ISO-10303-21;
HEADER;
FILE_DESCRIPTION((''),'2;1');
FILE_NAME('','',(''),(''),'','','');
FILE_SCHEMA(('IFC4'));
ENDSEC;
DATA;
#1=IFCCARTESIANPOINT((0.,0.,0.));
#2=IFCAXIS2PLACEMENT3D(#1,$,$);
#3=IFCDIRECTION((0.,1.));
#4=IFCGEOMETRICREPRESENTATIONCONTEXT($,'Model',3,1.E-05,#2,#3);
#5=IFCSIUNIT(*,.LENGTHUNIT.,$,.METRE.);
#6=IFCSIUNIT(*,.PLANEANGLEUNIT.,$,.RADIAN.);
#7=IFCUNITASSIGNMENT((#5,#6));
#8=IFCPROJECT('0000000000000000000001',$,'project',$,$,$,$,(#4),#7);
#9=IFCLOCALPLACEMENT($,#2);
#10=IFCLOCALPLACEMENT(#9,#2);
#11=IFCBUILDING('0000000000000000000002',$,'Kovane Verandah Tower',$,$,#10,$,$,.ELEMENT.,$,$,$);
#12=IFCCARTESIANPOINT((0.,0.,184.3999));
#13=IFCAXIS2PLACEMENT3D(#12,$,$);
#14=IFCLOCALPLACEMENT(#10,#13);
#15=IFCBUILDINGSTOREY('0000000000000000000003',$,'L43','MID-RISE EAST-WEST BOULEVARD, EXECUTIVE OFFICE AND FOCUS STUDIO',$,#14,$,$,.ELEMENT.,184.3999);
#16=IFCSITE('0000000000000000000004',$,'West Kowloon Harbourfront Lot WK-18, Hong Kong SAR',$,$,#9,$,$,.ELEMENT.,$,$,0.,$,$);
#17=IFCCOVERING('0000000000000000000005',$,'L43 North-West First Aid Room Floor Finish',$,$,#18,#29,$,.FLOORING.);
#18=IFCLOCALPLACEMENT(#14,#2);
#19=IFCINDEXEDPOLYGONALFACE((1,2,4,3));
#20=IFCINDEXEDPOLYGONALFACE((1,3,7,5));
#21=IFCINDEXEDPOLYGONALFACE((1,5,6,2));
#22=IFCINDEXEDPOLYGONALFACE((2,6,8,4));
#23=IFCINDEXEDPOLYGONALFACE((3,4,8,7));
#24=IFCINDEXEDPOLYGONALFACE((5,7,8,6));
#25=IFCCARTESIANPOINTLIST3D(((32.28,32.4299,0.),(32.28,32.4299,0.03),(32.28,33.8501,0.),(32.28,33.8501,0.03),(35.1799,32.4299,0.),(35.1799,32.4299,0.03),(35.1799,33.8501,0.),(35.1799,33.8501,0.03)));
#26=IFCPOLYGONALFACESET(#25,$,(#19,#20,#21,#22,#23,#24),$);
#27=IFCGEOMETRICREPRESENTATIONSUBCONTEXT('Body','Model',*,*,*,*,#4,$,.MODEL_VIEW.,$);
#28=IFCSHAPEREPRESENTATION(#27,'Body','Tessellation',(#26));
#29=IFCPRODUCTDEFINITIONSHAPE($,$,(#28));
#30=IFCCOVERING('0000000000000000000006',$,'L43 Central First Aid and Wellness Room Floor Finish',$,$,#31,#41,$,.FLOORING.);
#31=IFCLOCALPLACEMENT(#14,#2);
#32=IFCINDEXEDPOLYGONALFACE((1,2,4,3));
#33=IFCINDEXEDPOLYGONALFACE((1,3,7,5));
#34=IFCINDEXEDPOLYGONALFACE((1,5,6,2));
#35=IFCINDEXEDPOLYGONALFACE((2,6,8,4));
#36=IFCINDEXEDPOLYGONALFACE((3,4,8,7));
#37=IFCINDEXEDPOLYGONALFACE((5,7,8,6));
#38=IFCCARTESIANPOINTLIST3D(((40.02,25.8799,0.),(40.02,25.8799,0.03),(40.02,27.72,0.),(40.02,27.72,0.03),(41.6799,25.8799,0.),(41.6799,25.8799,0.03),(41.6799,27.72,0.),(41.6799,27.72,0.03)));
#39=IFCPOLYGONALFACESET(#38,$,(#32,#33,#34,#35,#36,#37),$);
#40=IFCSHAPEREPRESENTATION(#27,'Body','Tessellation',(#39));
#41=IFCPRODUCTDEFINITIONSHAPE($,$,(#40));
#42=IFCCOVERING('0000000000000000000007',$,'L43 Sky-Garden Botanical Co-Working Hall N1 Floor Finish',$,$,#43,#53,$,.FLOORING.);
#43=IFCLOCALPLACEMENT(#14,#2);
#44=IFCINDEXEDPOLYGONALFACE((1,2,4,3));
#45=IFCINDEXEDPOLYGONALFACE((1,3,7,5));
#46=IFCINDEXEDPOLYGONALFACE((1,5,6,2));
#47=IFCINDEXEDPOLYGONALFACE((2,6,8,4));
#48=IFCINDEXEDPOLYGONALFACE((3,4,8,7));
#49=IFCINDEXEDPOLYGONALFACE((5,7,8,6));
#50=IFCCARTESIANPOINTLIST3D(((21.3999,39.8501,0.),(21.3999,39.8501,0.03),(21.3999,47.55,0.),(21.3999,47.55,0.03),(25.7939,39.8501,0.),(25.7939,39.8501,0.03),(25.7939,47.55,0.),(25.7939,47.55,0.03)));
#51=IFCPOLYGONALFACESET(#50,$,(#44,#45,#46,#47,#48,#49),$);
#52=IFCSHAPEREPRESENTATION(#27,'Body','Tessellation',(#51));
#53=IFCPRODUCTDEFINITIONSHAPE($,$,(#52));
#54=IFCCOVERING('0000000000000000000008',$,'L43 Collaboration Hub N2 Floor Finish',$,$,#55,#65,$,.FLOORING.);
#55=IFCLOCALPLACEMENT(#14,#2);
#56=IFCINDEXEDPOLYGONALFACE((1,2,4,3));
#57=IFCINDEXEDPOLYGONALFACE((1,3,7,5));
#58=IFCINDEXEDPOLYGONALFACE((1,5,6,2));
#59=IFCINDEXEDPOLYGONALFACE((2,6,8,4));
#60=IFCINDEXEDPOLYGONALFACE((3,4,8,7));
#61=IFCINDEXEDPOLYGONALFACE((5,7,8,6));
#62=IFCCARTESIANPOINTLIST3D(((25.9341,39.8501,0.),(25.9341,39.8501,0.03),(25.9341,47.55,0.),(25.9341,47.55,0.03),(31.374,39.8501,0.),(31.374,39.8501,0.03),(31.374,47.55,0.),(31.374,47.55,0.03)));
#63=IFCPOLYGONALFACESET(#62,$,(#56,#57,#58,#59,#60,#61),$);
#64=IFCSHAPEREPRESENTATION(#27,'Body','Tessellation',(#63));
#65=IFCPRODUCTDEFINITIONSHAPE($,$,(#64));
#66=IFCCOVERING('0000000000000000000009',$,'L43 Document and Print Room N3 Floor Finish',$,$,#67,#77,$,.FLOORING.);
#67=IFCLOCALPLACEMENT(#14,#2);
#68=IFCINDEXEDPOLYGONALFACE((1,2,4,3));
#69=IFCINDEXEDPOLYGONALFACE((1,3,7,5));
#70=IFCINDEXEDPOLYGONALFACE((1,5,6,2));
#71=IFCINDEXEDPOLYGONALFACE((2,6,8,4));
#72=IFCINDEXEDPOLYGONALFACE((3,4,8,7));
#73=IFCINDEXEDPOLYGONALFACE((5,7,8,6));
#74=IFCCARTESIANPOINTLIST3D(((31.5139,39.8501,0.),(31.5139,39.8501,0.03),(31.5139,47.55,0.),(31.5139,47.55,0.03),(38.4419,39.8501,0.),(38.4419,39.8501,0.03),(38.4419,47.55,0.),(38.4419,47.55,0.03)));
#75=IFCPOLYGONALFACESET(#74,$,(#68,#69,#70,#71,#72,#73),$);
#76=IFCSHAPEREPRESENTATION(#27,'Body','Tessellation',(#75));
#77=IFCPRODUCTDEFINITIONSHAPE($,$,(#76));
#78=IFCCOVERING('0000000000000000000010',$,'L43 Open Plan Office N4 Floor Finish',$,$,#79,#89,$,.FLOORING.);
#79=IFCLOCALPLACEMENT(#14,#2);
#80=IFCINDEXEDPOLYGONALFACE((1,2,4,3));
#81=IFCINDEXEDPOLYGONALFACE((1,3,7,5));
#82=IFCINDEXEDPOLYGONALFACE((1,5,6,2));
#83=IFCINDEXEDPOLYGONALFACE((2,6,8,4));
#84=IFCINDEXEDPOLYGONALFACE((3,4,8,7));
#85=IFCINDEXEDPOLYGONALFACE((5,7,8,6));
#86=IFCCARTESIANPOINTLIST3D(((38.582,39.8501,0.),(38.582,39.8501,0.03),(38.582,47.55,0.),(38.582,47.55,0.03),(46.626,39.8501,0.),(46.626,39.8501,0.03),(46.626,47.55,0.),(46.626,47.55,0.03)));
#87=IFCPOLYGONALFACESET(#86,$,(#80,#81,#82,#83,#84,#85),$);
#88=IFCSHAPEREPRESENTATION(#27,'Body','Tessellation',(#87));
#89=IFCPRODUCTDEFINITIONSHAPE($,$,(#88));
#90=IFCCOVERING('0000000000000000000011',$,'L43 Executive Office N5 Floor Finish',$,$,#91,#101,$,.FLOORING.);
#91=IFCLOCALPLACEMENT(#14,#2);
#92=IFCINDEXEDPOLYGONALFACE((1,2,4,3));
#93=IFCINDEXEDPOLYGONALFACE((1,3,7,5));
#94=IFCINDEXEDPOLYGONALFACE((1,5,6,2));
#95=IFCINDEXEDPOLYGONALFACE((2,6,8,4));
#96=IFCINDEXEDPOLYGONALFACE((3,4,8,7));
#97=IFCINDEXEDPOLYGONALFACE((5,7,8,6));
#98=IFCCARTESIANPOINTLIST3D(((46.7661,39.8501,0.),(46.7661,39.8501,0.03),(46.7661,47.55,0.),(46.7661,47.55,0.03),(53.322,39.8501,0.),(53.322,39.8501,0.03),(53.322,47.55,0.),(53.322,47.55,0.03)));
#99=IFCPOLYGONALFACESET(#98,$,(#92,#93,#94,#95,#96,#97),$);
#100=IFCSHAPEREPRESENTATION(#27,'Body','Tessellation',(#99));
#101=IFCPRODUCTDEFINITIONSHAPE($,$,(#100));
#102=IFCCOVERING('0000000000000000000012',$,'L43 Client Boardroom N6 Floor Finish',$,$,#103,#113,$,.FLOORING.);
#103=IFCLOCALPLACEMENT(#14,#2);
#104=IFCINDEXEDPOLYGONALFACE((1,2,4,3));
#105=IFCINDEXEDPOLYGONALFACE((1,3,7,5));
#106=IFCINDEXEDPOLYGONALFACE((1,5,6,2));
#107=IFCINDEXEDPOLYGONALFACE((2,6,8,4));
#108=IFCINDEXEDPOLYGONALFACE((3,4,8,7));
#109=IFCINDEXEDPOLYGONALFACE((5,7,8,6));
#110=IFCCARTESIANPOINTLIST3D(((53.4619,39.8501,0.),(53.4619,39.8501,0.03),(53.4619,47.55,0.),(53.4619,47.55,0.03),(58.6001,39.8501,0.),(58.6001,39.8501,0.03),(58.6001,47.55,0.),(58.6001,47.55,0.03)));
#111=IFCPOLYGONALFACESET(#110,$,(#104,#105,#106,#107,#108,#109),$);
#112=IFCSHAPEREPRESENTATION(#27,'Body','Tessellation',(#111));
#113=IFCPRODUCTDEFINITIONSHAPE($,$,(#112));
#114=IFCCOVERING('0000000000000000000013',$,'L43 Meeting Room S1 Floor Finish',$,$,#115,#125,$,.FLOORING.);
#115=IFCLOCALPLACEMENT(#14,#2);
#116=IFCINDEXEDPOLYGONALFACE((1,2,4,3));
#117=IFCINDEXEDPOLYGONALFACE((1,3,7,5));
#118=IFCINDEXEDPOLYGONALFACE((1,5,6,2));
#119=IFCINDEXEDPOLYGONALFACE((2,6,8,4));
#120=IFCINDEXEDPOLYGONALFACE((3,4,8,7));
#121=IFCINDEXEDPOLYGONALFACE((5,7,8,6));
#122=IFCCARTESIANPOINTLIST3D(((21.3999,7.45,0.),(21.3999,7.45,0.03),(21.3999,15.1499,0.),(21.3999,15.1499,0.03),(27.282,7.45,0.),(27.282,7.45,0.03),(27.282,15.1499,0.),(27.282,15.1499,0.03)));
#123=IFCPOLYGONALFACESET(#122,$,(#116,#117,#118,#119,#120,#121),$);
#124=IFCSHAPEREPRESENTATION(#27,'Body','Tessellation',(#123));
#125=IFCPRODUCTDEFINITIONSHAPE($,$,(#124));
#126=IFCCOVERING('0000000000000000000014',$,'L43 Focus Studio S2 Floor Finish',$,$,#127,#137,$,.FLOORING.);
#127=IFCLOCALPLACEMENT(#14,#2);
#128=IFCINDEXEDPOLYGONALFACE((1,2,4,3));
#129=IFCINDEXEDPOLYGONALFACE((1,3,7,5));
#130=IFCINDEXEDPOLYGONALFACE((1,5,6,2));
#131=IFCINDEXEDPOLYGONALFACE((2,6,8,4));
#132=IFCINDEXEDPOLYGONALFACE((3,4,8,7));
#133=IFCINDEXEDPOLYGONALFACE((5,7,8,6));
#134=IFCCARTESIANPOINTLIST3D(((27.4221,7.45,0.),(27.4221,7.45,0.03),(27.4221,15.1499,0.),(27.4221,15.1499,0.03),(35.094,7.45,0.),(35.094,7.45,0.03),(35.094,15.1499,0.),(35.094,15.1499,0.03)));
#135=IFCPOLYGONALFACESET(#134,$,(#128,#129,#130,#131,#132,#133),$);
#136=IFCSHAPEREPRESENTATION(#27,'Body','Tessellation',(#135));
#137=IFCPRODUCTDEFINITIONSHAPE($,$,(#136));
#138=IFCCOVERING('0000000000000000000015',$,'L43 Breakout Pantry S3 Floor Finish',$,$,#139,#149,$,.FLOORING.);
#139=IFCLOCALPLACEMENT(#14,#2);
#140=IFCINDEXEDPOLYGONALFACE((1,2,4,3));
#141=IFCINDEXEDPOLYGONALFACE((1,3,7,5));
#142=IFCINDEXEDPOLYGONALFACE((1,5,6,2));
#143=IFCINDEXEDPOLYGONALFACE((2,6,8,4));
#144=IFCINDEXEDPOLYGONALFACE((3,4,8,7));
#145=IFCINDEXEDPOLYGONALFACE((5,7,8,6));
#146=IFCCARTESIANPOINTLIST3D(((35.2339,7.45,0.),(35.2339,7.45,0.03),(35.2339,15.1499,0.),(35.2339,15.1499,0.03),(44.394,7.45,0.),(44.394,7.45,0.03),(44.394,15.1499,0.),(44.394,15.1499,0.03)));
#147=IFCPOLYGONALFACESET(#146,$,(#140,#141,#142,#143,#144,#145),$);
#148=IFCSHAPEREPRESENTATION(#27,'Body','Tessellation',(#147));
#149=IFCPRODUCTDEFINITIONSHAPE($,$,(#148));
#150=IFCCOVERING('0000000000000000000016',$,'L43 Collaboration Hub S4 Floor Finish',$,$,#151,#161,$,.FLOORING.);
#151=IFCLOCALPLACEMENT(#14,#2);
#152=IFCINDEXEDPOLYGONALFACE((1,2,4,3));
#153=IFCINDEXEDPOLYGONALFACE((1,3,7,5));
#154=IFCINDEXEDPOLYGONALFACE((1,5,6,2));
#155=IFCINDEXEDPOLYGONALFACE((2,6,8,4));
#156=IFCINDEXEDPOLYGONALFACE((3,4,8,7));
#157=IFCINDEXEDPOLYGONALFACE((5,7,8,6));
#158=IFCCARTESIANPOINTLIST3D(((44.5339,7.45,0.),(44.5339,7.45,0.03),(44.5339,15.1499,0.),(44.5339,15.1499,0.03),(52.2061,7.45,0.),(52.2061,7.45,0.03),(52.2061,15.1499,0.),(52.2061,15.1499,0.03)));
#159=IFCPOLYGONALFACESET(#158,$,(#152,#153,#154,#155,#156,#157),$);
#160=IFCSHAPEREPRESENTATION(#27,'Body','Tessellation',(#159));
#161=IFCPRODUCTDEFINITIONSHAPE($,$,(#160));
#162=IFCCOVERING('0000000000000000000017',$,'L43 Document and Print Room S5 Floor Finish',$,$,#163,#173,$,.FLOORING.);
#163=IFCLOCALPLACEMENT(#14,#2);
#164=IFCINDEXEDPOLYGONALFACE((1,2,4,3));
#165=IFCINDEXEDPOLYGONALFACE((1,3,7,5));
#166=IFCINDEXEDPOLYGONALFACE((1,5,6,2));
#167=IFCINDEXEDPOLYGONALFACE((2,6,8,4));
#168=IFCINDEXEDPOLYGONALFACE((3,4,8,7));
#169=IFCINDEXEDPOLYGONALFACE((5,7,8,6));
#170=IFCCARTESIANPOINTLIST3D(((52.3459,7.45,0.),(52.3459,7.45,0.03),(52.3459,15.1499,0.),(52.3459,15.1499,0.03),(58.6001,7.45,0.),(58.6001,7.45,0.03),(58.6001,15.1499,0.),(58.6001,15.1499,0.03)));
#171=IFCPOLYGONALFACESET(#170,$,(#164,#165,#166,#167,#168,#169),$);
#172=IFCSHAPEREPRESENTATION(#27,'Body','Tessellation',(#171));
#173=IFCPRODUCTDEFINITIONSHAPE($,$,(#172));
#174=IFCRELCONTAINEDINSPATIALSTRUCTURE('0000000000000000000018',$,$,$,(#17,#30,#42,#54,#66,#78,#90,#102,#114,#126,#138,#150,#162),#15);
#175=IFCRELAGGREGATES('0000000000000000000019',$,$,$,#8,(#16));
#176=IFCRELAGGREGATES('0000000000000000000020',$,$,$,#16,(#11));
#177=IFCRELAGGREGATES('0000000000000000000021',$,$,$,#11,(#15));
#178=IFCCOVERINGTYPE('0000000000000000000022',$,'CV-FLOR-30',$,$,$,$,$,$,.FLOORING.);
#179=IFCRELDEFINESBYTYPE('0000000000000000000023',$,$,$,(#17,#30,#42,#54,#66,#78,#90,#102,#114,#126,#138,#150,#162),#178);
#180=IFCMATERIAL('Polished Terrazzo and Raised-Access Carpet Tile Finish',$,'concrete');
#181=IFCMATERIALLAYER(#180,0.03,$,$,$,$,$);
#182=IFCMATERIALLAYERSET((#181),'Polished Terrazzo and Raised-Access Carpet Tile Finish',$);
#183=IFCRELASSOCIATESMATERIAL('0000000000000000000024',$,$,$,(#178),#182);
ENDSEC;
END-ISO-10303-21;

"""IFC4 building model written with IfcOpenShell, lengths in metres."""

from ifc_helpers import new_model, si_unit, direction, frame, origin, place, context, subcontext, project, spatial, polyline, outline, extrude, material, layer, layer_set, type_object, element, save


model = new_model("IFC4")

# Units and contexts
model_context = context("Model", 3, precision=1e-05, world=origin(), true_north=direction((0.0, 1.0)))
body_context = subcontext(model_context, "Body", "Model", "MODEL_VIEW")
ifc_project = project(units=[si_unit("LENGTHUNIT", "METRE"), si_unit("PLANEANGLEUNIT", "RADIAN")], contexts=[model_context])

# Site, building, storey
site_placement = place(None, origin())
site = spatial("IfcSite", under=ifc_project, at=site_placement, Name="West Kowloon Harbourfront Lot WK-18, Hong Kong SAR", CompositionType="ELEMENT", RefElevation=0.0)
building_placement = place(site_placement, origin())
building = spatial("IfcBuilding", under=site, at=building_placement, Name="Kovane Verandah Tower", CompositionType="ELEMENT")
storey_placement = place(building_placement, frame((0.0, 0.0, 184.3999)))
storey = spatial("IfcBuildingStorey", under=building, at=storey_placement, Name="L43", Description="MID-RISE EAST-WEST BOULEVARD, EXECUTIVE OFFICE AND FOCUS STUDIO", CompositionType="ELEMENT", Elevation=184.3999)

# Coverings
ifc_material_1 = material(Name="Polished Terrazzo and Raised-Access Carpet Tile Finish", Category="concrete")
ifc_layer_1 = layer(ifc_material_1, 0.03)
ifc_layer_set_1 = layer_set([ifc_layer_1], Name="Polished Terrazzo and Raised-Access Carpet Tile Finish")
covering_type = type_object("IfcCoveringType", Name="CV-FLOR-30", PredefinedType="FLOORING", material=ifc_layer_set_1)
covering_1_placement = place(storey_placement, origin())
element("IfcCovering", 1, at=covering_1_placement, inside=storey, type_object=covering_type, Name="L43 North-West First Aid Room Floor Finish", PredefinedType="FLOORING", context=body_context, shape_type="SweptSolid", body=[
    extrude(outline(polyline([(32.28, 32.4299), (35.1799, 32.4299), (35.1799, 33.8501), (32.28, 33.8501), (32.28, 32.4299)])), origin(), (0.0, 0.0, 1.0), 0.03),
])
covering_2_placement = place(storey_placement, origin())
element("IfcCovering", 2, at=covering_2_placement, inside=storey, type_object=covering_type, Name="L43 Central First Aid and Wellness Room Floor Finish", PredefinedType="FLOORING", context=body_context, shape_type="SweptSolid", body=[
    extrude(outline(polyline([(40.02, 25.8799), (41.6799, 25.8799), (41.6799, 27.72), (40.02, 27.72), (40.02, 25.8799)])), origin(), (0.0, 0.0, 1.0), 0.03),
])
covering_3_placement = place(storey_placement, origin())
element("IfcCovering", 3, at=covering_3_placement, inside=storey, type_object=covering_type, Name="L43 Sky-Garden Botanical Co-Working Hall N1 Floor Finish", PredefinedType="FLOORING", context=body_context, shape_type="SweptSolid", body=[
    extrude(outline(polyline([(21.3999, 39.8501), (25.7939, 39.8501), (25.7939, 47.55), (21.3999, 47.55), (21.3999, 39.8501)])), origin(), (0.0, 0.0, 1.0), 0.03),
])
covering_4_placement = place(storey_placement, origin())
element("IfcCovering", 4, at=covering_4_placement, inside=storey, type_object=covering_type, Name="L43 Collaboration Hub N2 Floor Finish", PredefinedType="FLOORING", context=body_context, shape_type="SweptSolid", body=[
    extrude(outline(polyline([(25.9341, 39.8501), (31.374, 39.8501), (31.374, 47.55), (25.9341, 47.55), (25.9341, 39.8501)])), origin(), (0.0, 0.0, 1.0), 0.03),
])
covering_5_placement = place(storey_placement, origin())
element("IfcCovering", 5, at=covering_5_placement, inside=storey, type_object=covering_type, Name="L43 Document and Print Room N3 Floor Finish", PredefinedType="FLOORING", context=body_context, shape_type="SweptSolid", body=[
    extrude(outline(polyline([(31.5139, 39.8501), (38.4419, 39.8501), (38.4419, 47.55), (31.5139, 47.55), (31.5139, 39.8501)])), origin(), (0.0, 0.0, 1.0), 0.03),
])
covering_6_placement = place(storey_placement, origin())
element("IfcCovering", 6, at=covering_6_placement, inside=storey, type_object=covering_type, Name="L43 Open Plan Office N4 Floor Finish", PredefinedType="FLOORING", context=body_context, shape_type="SweptSolid", body=[
    extrude(outline(polyline([(38.582, 39.8501), (46.626, 39.8501), (46.626, 47.55), (38.582, 47.55), (38.582, 39.8501)])), origin(), (0.0, 0.0, 1.0), 0.03),
])
covering_7_placement = place(storey_placement, origin())
element("IfcCovering", 7, at=covering_7_placement, inside=storey, type_object=covering_type, Name="L43 Executive Office N5 Floor Finish", PredefinedType="FLOORING", context=body_context, shape_type="SweptSolid", body=[
    extrude(outline(polyline([(46.7661, 39.8501), (53.322, 39.8501), (53.322, 47.55), (46.7661, 47.55), (46.7661, 39.8501)])), origin(), (0.0, 0.0, 1.0), 0.03),
])
covering_8_placement = place(storey_placement, origin())
element("IfcCovering", 8, at=covering_8_placement, inside=storey, type_object=covering_type, Name="L43 Client Boardroom N6 Floor Finish", PredefinedType="FLOORING", context=body_context, shape_type="SweptSolid", body=[
    extrude(outline(polyline([(53.4619, 39.8501), (58.6001, 39.8501), (58.6001, 47.55), (53.4619, 47.55), (53.4619, 39.8501)])), origin(), (0.0, 0.0, 1.0), 0.03),
])
covering_9_placement = place(storey_placement, origin())
element("IfcCovering", 9, at=covering_9_placement, inside=storey, type_object=covering_type, Name="L43 Meeting Room S1 Floor Finish", PredefinedType="FLOORING", context=body_context, shape_type="SweptSolid", body=[
    extrude(outline(polyline([(21.3999, 7.45), (27.282, 7.45), (27.282, 15.1499), (21.3999, 15.1499), (21.3999, 7.45)])), origin(), (0.0, 0.0, 1.0), 0.03),
])
covering_10_placement = place(storey_placement, origin())
element("IfcCovering", 10, at=covering_10_placement, inside=storey, type_object=covering_type, Name="L43 Focus Studio S2 Floor Finish", PredefinedType="FLOORING", context=body_context, shape_type="SweptSolid", body=[
    extrude(outline(polyline([(27.4221, 7.45), (35.094, 7.45), (35.094, 15.1499), (27.4221, 15.1499), (27.4221, 7.45)])), origin(), (0.0, 0.0, 1.0), 0.03),
])
covering_11_placement = place(storey_placement, origin())
element("IfcCovering", 11, at=covering_11_placement, inside=storey, type_object=covering_type, Name="L43 Breakout Pantry S3 Floor Finish", PredefinedType="FLOORING", context=body_context, shape_type="SweptSolid", body=[
    extrude(outline(polyline([(35.2339, 7.45), (44.394, 7.45), (44.394, 15.1499), (35.2339, 15.1499), (35.2339, 7.45)])), origin(), (0.0, 0.0, 1.0), 0.03),
])
covering_12_placement = place(storey_placement, origin())
element("IfcCovering", 12, at=covering_12_placement, inside=storey, type_object=covering_type, Name="L43 Collaboration Hub S4 Floor Finish", PredefinedType="FLOORING", context=body_context, shape_type="SweptSolid", body=[
    extrude(outline(polyline([(44.5339, 7.45), (52.2061, 7.45), (52.2061, 15.1499), (44.5339, 15.1499), (44.5339, 7.45)])), origin(), (0.0, 0.0, 1.0), 0.03),
])
covering_13_placement = place(storey_placement, origin())
element("IfcCovering", 13, at=covering_13_placement, inside=storey, type_object=covering_type, Name="L43 Document and Print Room S5 Floor Finish", PredefinedType="FLOORING", context=body_context, shape_type="SweptSolid", body=[
    extrude(outline(polyline([(52.3459, 7.45), (58.6001, 7.45), (58.6001, 15.1499), (52.3459, 15.1499), (52.3459, 7.45)])), origin(), (0.0, 0.0, 1.0), 0.03),
])

save(model, "model.ifc")
